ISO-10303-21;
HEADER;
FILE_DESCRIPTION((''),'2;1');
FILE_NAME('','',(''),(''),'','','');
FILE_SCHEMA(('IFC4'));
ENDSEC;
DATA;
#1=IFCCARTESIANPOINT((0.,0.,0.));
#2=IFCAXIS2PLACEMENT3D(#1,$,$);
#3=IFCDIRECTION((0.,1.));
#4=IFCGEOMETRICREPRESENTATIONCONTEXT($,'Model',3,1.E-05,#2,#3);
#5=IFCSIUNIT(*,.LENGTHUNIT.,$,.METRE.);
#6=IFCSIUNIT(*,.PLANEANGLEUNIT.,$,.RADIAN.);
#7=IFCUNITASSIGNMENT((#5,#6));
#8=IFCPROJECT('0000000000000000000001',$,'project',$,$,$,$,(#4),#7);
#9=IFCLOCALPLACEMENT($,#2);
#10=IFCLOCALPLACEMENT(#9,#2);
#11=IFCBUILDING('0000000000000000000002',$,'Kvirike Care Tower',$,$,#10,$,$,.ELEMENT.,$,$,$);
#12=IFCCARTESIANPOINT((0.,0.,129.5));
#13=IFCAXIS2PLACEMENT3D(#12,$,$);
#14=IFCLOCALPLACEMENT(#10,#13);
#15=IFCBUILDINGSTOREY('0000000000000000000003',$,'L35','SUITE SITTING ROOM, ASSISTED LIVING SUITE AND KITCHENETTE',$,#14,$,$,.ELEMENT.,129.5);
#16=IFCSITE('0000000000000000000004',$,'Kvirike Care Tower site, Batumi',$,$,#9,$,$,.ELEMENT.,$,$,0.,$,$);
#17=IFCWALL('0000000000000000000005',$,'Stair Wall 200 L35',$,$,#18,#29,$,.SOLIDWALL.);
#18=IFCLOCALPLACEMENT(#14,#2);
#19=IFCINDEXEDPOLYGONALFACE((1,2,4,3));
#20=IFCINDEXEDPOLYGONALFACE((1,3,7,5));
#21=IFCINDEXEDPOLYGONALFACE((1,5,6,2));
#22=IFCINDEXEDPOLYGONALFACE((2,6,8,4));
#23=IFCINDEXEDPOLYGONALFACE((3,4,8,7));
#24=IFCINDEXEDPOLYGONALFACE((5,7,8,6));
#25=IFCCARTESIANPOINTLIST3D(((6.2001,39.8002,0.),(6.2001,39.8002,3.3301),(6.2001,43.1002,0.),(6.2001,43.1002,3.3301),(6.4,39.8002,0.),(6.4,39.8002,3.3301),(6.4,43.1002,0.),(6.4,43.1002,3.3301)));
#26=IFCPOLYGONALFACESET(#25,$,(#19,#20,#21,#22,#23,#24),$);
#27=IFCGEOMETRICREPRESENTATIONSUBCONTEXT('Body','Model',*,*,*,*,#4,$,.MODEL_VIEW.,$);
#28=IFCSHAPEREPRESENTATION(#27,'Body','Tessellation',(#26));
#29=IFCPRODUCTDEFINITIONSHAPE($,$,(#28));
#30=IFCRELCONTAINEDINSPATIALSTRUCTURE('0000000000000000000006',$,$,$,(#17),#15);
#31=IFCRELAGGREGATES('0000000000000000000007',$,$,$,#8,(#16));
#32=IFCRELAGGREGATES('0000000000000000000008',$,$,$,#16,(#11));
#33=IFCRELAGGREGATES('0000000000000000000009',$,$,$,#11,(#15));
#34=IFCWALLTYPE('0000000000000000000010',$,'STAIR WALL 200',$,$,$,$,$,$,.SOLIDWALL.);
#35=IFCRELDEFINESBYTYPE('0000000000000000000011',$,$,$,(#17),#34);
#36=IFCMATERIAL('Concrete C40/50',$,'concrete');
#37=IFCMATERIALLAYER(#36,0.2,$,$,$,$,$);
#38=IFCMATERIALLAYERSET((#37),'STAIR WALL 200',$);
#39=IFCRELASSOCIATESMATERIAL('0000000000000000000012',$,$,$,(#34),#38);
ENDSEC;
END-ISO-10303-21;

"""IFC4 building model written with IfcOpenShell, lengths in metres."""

from ifc_helpers import new_model, si_unit, direction, frame, frame_2d, origin, place, context, subcontext, project, spatial, rectangle, extrude, material, layer, layer_set, type_object, element, save


model = new_model("IFC4")

# Units and contexts
model_context = context("Model", 3, precision=1e-05, world=origin(), true_north=direction((0.0, 1.0)))
body_context = subcontext(model_context, "Body", "Model", "MODEL_VIEW")
ifc_project = project(units=[si_unit("LENGTHUNIT", "METRE"), si_unit("PLANEANGLEUNIT", "RADIAN")], contexts=[model_context])

# Site, building, storey
site_placement = place(None, origin())
site = spatial("IfcSite", under=ifc_project, at=site_placement, Name="Kvirike Care Tower site, Batumi", CompositionType="ELEMENT", RefElevation=0.0)
building_placement = place(site_placement, origin())
building = spatial("IfcBuilding", under=site, at=building_placement, Name="Kvirike Care Tower", CompositionType="ELEMENT")
storey_placement = place(building_placement, frame((0.0, 0.0, 129.5)))
storey = spatial("IfcBuildingStorey", under=building, at=storey_placement, Name="L35", Description="SUITE SITTING ROOM, ASSISTED LIVING SUITE AND KITCHENETTE", CompositionType="ELEMENT", Elevation=129.5)

# Wall
ifc_material_1 = material(Name="Concrete C40/50", Category="concrete")
ifc_layer_1 = layer(ifc_material_1, 0.2)
ifc_layer_set_1 = layer_set([ifc_layer_1], Name="STAIR WALL 200")
wall_type_1 = type_object("IfcWallType", Name="STAIR WALL 200", PredefinedType="SOLIDWALL", material=ifc_layer_set_1)
wall_1_placement = place(storey_placement, frame((6.3, 43.1001, 0.0), z_axis=(0.0, 0.0, 1.0), x_axis=(0.0, -1.0, 0.0)))
element("IfcWall", 1, at=wall_1_placement, inside=storey, type_object=wall_type_1, Name="Stair Wall 200 L35", PredefinedType="SOLIDWALL", context=body_context, shape_type="SweptSolid", body=[
    extrude(rectangle(XDim=3.3, YDim=0.2, at=frame_2d((1.6499, 0.0))), origin(), (0.0, 0.0, 1.0), 3.3301),
])

save(model, "model.ifc")
